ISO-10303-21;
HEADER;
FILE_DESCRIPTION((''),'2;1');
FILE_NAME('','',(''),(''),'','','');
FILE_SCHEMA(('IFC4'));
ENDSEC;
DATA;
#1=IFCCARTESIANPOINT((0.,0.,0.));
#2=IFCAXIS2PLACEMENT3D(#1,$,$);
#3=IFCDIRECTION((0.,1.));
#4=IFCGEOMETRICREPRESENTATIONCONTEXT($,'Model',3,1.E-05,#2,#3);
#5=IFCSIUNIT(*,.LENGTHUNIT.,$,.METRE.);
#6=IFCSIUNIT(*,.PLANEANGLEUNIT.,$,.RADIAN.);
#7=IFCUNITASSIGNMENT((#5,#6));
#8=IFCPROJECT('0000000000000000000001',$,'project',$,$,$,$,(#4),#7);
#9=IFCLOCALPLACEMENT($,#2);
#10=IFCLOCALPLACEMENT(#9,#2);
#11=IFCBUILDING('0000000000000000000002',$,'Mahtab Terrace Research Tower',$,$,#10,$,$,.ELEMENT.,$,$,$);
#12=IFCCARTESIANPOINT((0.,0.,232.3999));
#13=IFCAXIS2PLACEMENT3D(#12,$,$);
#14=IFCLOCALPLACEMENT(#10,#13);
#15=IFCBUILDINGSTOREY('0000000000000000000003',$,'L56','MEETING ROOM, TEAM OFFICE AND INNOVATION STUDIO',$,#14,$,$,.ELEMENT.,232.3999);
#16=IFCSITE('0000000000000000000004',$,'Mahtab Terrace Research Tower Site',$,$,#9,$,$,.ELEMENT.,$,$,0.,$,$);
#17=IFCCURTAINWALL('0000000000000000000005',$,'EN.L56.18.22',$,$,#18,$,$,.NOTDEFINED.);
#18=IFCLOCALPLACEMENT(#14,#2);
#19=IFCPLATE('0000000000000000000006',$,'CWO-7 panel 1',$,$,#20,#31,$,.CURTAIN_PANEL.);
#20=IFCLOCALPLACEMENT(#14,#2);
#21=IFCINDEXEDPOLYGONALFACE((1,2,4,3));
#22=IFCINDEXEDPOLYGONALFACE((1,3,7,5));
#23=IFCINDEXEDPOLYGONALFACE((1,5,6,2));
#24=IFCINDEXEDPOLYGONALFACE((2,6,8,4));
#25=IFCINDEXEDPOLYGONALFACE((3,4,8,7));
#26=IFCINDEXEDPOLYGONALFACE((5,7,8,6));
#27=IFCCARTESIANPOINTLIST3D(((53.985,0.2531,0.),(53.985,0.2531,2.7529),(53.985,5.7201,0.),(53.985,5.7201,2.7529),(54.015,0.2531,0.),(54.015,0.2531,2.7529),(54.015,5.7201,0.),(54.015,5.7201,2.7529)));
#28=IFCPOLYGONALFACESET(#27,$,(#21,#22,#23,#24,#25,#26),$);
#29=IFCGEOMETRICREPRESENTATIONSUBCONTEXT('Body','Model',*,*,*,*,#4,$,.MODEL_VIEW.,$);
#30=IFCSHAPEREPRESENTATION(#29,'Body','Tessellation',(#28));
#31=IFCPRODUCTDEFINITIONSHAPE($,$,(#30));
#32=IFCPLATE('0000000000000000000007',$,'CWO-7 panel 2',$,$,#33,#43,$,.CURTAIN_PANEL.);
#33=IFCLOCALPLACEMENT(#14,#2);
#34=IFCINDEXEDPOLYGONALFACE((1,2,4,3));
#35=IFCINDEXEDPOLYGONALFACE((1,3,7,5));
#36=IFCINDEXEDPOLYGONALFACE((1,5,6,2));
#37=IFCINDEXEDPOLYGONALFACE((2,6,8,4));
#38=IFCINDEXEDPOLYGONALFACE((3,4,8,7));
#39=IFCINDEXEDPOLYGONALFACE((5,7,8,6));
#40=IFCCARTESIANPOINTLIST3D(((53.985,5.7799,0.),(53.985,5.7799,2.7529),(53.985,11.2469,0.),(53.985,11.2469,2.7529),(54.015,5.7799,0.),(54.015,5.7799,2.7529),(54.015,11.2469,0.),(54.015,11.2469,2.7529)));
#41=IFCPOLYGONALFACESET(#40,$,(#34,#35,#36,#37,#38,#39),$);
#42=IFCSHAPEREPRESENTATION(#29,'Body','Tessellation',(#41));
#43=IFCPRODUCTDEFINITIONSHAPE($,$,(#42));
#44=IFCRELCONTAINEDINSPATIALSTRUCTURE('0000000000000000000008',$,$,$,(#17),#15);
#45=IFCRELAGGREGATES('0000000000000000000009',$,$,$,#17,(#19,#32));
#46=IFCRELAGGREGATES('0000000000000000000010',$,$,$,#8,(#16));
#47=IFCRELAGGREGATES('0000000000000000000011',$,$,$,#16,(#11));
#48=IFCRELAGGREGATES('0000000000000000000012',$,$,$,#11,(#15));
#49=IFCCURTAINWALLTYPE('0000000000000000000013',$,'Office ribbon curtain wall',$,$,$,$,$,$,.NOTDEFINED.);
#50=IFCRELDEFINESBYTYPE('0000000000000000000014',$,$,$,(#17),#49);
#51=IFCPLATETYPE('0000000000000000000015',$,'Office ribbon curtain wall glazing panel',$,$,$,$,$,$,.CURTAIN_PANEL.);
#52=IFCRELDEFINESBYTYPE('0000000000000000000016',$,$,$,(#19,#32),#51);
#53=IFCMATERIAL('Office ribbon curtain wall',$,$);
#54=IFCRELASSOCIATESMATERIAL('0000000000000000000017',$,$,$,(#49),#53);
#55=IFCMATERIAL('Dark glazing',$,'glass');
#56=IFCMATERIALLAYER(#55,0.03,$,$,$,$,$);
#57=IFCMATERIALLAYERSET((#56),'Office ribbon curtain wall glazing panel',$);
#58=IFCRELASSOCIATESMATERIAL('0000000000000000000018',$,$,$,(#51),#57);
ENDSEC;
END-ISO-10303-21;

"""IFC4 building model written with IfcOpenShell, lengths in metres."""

from ifc_helpers import new_model, si_unit, direction, frame, origin, origin_2d, place, context, subcontext, project, spatial, rectangle, extrude, material, layer, layer_set, type_object, element, aggregate, save


model = new_model("IFC4")

# Units and contexts
model_context = context("Model", 3, precision=1e-05, world=origin(), true_north=direction((0.0, 1.0)))
body_context = subcontext(model_context, "Body", "Model", "MODEL_VIEW")
ifc_project = project(units=[si_unit("LENGTHUNIT", "METRE"), si_unit("PLANEANGLEUNIT", "RADIAN")], contexts=[model_context])

# Site, building, storey
site_placement = place(None, origin())
site = spatial("IfcSite", under=ifc_project, at=site_placement, Name="Mahtab Terrace Research Tower Site", CompositionType="ELEMENT", RefElevation=0.0)
building_placement = place(site_placement, origin())
building = spatial("IfcBuilding", under=site, at=building_placement, Name="Mahtab Terrace Research Tower", CompositionType="ELEMENT")
storey_placement = place(building_placement, frame((0.0, 0.0, 232.3999)))
storey = spatial("IfcBuildingStorey", under=building, at=storey_placement, Name="L56", Description="MEETING ROOM, TEAM OFFICE AND INNOVATION STUDIO", CompositionType="ELEMENT", Elevation=232.3999)

# Curtain wall
ifc_material_1 = material(Name="Office ribbon curtain wall")
curtain_wall_type = type_object("IfcCurtainWallType", Name="Office ribbon curtain wall", PredefinedType="NOTDEFINED", material=ifc_material_1)
curtain_wall_1_placement = place(storey_placement, origin())
curtain_wall_1 = element("IfcCurtainWall", 1, at=curtain_wall_1_placement, inside=storey, type_object=curtain_wall_type, Name="EN.L56.18.22", PredefinedType="NOTDEFINED")

# Plates
ifc_material_2 = material(Name="Dark glazing", Category="glass")
ifc_layer = layer(ifc_material_2, 0.03)
ifc_layer_set = layer_set([ifc_layer], Name="Office ribbon curtain wall glazing panel")
plate_type = type_object("IfcPlateType", Name="Office ribbon curtain wall glazing panel", PredefinedType="CURTAIN_PANEL", material=ifc_layer_set)
plate_1_placement = place(storey_placement, frame((54.0, 2.9866, 0.0), z_axis=(0.0, 0.0, 1.0), x_axis=(0.0, 1.0, 0.0)))
plate_1 = element("IfcPlate", 2, at=plate_1_placement, type_object=plate_type, Name="CWO-7 panel 1", PredefinedType="CURTAIN_PANEL", context=body_context, shape_type="SweptSolid", body=[
    extrude(rectangle(XDim=5.467, YDim=0.03, at=origin_2d()), origin(), (0.0, 0.0, 1.0), 2.7529),
])
plate_2_placement = place(storey_placement, frame((54.0, 8.5134, 0.0), z_axis=(0.0, 0.0, 1.0), x_axis=(0.0, 1.0, 0.0)))
plate_2 = element("IfcPlate", 3, at=plate_2_placement, type_object=plate_type, Name="CWO-7 panel 2", PredefinedType="CURTAIN_PANEL", context=body_context, shape_type="SweptSolid", body=[
    extrude(rectangle(XDim=5.467, YDim=0.03, at=origin_2d()), origin(), (0.0, 0.0, 1.0), 2.7529),
])
aggregate(curtain_wall_1, [plate_1, plate_2])

save(model, "model.ifc")
